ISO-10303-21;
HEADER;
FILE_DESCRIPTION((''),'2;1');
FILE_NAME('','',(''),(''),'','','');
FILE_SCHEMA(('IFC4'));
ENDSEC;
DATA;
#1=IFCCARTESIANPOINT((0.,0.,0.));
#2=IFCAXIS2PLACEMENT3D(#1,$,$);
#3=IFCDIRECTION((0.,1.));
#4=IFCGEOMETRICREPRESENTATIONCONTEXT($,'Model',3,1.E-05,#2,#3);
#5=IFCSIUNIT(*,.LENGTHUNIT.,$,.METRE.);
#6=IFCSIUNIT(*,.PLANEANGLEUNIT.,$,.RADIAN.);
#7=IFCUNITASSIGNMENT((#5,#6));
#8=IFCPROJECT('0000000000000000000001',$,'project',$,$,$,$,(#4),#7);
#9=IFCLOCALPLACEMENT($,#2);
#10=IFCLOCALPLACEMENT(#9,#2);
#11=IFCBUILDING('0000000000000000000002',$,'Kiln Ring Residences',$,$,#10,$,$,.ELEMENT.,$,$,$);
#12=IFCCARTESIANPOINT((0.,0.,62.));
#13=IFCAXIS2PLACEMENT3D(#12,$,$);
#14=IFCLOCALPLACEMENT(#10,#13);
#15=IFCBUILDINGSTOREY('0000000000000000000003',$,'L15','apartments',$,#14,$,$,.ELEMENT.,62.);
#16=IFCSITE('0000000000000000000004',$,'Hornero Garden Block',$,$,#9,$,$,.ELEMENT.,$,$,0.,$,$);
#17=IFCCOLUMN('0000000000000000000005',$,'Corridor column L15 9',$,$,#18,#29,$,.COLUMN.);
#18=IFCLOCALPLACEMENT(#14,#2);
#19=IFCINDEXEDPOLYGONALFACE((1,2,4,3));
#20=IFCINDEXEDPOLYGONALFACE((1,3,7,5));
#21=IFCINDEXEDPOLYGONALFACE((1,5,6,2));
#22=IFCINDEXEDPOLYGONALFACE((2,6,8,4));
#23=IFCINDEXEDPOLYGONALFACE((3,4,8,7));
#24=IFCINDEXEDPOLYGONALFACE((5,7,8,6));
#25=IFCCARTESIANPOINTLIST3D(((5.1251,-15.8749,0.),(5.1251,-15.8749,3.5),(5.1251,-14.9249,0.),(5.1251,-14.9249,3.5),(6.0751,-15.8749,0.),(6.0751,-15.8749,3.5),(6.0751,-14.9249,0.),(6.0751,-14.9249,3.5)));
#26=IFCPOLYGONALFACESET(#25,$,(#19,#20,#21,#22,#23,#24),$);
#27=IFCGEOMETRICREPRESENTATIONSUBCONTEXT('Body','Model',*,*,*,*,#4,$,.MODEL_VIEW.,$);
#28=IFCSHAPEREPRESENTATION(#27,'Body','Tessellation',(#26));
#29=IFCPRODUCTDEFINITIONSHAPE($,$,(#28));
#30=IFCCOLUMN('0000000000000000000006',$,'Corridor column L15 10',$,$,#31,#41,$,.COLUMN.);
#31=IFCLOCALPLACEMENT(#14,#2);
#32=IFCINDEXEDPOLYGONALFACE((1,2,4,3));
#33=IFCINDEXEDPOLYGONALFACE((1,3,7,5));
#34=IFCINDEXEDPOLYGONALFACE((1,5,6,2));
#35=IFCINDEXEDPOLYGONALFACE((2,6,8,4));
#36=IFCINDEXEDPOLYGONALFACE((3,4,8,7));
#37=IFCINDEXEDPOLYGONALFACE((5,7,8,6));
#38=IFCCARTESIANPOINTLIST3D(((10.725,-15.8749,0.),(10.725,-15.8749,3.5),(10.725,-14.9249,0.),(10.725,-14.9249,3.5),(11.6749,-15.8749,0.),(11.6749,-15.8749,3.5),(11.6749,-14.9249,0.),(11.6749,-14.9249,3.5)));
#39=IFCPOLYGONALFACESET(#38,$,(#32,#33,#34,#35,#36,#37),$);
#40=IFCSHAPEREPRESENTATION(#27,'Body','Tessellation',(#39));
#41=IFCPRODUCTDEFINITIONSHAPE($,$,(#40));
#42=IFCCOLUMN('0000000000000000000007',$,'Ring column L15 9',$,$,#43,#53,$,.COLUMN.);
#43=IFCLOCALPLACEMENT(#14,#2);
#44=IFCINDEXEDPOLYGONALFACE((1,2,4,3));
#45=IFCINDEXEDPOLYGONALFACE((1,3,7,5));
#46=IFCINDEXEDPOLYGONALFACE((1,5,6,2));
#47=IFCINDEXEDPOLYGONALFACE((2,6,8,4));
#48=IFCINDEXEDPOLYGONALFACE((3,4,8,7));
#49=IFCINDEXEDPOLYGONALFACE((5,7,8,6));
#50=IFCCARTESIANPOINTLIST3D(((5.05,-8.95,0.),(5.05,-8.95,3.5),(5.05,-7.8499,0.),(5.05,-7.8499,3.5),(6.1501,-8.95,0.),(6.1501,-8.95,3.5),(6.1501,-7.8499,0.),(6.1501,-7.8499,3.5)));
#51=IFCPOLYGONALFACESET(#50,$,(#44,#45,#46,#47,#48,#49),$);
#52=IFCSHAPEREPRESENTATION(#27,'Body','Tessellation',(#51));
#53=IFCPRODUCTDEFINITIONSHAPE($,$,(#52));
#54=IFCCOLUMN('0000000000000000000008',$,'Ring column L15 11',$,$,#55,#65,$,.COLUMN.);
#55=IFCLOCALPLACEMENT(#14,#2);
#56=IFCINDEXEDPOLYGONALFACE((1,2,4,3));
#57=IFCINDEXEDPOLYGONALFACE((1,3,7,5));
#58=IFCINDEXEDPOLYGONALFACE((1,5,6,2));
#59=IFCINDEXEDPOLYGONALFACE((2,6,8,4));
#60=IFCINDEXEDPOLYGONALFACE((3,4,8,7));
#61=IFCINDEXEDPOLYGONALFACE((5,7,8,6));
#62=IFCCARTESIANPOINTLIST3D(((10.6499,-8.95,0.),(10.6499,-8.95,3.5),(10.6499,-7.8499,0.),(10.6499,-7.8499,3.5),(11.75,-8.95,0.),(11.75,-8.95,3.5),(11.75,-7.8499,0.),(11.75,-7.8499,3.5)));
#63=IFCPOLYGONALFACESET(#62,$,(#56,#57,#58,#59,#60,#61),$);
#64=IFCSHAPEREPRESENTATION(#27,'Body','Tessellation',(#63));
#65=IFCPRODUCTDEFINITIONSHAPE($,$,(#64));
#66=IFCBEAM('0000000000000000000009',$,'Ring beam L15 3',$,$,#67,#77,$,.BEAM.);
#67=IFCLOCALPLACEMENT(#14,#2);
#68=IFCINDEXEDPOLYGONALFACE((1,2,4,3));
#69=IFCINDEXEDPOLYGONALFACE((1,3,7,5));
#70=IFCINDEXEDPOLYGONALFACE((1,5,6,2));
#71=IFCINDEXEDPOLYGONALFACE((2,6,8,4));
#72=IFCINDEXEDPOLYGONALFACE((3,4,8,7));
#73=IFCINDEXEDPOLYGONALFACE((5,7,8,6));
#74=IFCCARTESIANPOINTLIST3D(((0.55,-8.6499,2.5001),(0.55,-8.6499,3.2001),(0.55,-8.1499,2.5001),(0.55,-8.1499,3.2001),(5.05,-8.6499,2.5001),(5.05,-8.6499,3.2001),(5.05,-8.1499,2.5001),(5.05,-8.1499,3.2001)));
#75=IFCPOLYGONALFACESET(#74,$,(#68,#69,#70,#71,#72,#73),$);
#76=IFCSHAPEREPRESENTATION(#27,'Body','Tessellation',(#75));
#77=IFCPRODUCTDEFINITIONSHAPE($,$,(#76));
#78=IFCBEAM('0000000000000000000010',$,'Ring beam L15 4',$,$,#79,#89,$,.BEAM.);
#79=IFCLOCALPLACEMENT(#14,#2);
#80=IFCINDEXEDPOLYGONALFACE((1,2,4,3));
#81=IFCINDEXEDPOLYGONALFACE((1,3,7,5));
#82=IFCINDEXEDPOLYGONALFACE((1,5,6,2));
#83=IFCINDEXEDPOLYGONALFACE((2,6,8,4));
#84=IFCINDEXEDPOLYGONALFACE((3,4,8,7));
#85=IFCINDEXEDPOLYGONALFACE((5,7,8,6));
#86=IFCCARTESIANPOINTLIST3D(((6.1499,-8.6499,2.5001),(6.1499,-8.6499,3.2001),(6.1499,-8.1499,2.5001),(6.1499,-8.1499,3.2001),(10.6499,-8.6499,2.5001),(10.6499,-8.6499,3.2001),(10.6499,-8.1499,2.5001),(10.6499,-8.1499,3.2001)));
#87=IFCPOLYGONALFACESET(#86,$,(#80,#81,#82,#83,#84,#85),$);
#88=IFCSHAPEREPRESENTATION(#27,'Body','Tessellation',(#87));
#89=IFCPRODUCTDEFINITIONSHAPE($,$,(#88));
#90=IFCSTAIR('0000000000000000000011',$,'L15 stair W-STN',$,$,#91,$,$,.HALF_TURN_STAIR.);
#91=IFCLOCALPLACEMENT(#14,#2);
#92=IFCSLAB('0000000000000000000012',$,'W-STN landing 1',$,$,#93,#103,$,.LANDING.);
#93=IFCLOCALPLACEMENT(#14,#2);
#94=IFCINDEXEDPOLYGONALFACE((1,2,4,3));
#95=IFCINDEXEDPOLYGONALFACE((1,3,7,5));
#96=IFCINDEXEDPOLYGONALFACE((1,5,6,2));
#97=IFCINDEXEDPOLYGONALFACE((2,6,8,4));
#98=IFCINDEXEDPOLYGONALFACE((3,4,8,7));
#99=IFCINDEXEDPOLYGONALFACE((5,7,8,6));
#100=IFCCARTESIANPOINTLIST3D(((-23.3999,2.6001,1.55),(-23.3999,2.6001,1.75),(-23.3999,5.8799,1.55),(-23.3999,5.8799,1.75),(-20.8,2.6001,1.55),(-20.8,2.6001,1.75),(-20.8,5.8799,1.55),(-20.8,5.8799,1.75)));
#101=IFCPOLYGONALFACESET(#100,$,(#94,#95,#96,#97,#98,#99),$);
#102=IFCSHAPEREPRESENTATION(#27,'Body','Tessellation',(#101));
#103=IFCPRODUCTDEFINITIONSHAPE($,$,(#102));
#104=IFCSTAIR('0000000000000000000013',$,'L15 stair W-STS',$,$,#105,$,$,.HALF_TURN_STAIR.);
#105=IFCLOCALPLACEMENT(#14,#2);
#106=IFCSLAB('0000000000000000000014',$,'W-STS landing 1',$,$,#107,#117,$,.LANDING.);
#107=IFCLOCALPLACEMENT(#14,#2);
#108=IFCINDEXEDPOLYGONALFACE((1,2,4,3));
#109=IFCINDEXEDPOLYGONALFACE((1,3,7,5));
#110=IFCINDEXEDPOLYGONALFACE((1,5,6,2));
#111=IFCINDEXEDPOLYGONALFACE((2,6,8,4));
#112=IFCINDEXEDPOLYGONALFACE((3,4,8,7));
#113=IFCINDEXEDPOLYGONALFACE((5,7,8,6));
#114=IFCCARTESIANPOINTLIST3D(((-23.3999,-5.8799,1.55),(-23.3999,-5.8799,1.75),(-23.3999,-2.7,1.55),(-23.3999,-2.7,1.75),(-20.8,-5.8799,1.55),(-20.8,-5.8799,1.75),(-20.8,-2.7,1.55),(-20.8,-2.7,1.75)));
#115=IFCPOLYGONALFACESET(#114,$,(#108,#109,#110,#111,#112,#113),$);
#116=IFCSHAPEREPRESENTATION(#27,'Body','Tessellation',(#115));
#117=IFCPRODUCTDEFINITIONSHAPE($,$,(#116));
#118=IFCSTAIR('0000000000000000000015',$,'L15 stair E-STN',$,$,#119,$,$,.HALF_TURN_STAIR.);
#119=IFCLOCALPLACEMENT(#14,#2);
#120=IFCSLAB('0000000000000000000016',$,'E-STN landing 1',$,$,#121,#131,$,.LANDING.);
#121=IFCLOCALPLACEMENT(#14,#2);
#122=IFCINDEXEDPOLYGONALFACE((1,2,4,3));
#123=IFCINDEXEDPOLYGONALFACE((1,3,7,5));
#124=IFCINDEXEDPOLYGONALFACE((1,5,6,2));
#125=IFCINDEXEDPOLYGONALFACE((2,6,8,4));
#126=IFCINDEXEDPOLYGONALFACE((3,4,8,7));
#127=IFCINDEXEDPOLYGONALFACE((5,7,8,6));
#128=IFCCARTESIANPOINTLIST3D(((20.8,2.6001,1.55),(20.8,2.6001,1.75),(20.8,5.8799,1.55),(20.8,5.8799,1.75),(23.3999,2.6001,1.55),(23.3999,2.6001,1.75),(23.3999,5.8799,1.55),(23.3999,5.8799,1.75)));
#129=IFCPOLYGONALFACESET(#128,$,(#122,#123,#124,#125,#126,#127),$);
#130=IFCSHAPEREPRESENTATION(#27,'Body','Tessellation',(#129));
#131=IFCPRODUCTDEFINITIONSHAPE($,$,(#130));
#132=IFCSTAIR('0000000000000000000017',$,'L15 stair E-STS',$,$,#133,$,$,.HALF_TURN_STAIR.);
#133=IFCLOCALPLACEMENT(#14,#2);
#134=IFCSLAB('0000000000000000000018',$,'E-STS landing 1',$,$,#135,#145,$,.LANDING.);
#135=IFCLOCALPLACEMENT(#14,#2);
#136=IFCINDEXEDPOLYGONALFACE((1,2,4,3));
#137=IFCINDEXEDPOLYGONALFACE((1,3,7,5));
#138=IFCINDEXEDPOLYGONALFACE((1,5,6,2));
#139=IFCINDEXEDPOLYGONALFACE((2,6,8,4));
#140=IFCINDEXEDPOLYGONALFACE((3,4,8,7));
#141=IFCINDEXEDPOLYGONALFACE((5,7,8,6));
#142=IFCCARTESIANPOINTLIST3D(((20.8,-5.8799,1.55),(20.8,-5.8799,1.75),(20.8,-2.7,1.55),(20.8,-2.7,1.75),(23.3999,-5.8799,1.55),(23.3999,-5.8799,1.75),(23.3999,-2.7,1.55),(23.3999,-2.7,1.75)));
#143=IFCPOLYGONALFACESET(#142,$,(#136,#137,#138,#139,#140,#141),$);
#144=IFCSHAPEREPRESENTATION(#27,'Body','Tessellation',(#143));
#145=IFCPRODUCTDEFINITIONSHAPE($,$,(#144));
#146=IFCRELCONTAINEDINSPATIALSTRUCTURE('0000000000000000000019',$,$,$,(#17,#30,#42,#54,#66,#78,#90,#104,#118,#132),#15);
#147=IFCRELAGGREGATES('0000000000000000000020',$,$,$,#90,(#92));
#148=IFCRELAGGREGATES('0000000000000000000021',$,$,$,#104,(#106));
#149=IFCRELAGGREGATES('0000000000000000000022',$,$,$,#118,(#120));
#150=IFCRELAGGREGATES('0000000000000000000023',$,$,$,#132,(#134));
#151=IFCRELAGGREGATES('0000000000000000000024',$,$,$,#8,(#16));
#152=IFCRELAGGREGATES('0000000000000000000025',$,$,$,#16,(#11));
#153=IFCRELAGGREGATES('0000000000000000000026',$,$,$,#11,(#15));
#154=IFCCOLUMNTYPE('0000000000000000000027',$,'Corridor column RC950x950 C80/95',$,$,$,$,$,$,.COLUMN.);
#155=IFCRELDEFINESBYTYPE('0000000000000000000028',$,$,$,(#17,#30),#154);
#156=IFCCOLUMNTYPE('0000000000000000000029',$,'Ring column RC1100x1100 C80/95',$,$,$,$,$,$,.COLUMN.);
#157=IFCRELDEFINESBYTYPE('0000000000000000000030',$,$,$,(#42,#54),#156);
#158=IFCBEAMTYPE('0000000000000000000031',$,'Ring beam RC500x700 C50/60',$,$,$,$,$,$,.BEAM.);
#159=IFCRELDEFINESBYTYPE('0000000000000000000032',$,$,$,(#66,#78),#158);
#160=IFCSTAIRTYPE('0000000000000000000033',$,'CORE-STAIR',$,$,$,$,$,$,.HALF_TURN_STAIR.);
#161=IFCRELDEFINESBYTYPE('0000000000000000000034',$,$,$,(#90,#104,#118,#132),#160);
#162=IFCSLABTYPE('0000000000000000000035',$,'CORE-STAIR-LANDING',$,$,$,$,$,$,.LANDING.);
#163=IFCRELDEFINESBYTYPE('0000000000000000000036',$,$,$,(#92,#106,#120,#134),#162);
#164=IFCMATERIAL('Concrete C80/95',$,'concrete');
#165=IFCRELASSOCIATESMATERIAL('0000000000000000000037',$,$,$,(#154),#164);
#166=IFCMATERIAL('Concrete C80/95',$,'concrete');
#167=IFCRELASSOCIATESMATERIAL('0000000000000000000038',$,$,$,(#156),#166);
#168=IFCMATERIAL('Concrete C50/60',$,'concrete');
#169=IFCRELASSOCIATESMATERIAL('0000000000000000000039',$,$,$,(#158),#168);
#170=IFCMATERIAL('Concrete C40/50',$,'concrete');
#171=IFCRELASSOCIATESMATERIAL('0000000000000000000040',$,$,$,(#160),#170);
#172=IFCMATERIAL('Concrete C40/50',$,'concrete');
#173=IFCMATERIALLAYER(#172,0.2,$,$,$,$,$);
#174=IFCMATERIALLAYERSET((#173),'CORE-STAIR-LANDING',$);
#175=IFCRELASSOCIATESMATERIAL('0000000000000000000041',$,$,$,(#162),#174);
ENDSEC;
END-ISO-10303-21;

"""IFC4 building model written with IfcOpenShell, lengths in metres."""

from ifc_helpers import new_model, si_unit, direction, frame, origin, origin_2d, place, context, subcontext, project, spatial, polyline, rectangle, outline, extrude, material, layer, layer_set, material_profile, profile_set, type_object, element, aggregate, save


model = new_model("IFC4")

# Units and contexts
model_context = context("Model", 3, precision=1e-05, world=origin(), true_north=direction((0.0, 1.0)))
body_context = subcontext(model_context, "Body", "Model", "MODEL_VIEW")
ifc_project = project(units=[si_unit("LENGTHUNIT", "METRE"), si_unit("PLANEANGLEUNIT", "RADIAN")], contexts=[model_context])

# Site, building, storey
site_placement = place(None, origin())
site = spatial("IfcSite", under=ifc_project, at=site_placement, Name="Hornero Garden Block", CompositionType="ELEMENT", RefElevation=0.0)
building_placement = place(site_placement, origin())
building = spatial("IfcBuilding", under=site, at=building_placement, Name="Kiln Ring Residences", CompositionType="ELEMENT")
storey_placement = place(building_placement, frame((0.0, 0.0, 62.0)))
storey = spatial("IfcBuildingStorey", under=building, at=storey_placement, Name="L15", Description="apartments", CompositionType="ELEMENT", Elevation=62.0)

# Columns
ifc_material_1 = material(Name="Concrete C80/95", Category="concrete")
ifc_material_profile_1 = material_profile(ifc_material_1, rectangle(XDim=0.95, YDim=0.95, at=origin_2d()), Name="RC950x950")
ifc_profile_set_1 = profile_set([ifc_material_profile_1], Name="Concrete C80/95")
column_type_1 = type_object("IfcColumnType", Name="Corridor column RC950x950 C80/95", PredefinedType="COLUMN", material=ifc_profile_set_1)
for number, where, z_axis, x_axis, name in (
    (1, (5.6001, -15.3999, 0.0), (0.0, 0.0, 1.0), (1.0, 0.0, 0.0), "Corridor column L15 9"),
    (2, (11.2, -15.3999, 0.0), (0.0, 0.0, 1.0), (1.0, 0.0, 0.0), "Corridor column L15 10"),
):
    element("IfcColumn", number, at=place(storey_placement, frame(where, z_axis=z_axis, x_axis=x_axis)), inside=storey, type_object=column_type_1, Name=name, PredefinedType="COLUMN", context=body_context, shape_type="SweptSolid", body=[
        extrude(rectangle(XDim=0.95, YDim=0.95, at=origin_2d()), origin(), (0.0, 0.0, 1.0), 3.5),
    ])
ifc_material_2 = material(Name="Concrete C80/95", Category="concrete")
ifc_material_profile_2 = material_profile(ifc_material_2, rectangle(XDim=1.1001, YDim=1.1001, at=origin_2d()), Name="RC1100x1100")
ifc_profile_set_2 = profile_set([ifc_material_profile_2], Name="Concrete C80/95")
column_type_2 = type_object("IfcColumnType", Name="Ring column RC1100x1100 C80/95", PredefinedType="COLUMN", material=ifc_profile_set_2)
for number, where, z_axis, x_axis, name in (
    (3, (5.6001, -8.3999, 0.0), (0.0, 0.0, 1.0), (1.0, 0.0, 0.0), "Ring column L15 9"),
    (4, (11.2, -8.3999, 0.0), (0.0, 0.0, 1.0), (1.0, 0.0, 0.0), "Ring column L15 11"),
):
    element("IfcColumn", number, at=place(storey_placement, frame(where, z_axis=z_axis, x_axis=x_axis)), inside=storey, type_object=column_type_2, Name=name, PredefinedType="COLUMN", context=body_context, shape_type="SweptSolid", body=[
        extrude(rectangle(XDim=1.1001, YDim=1.1001, at=origin_2d()), origin(), (0.0, 0.0, 1.0), 3.5),
    ])

# Beams
ifc_material_3 = material(Name="Concrete C50/60", Category="concrete")
ifc_material_profile_3 = material_profile(ifc_material_3, rectangle(XDim=0.5, YDim=0.7, at=origin_2d()), Name="RC500x700")
ifc_profile_set_3 = profile_set([ifc_material_profile_3], Name="Concrete C50/60")
beam_type = type_object("IfcBeamType", Name="Ring beam RC500x700 C50/60", PredefinedType="BEAM", material=ifc_profile_set_3)
for number, where, z_axis, x_axis, name in (
    (5, (0.55, -8.3999, 2.8501), (1.0, 0.0, 0.0), (0.0, 1.0, 0.0), "Ring beam L15 3"),
    (6, (6.1499, -8.3999, 2.8501), (1.0, 0.0, 0.0), (0.0, 1.0, 0.0), "Ring beam L15 4"),
):
    element("IfcBeam", number, at=place(storey_placement, frame(where, z_axis=z_axis, x_axis=x_axis)), inside=storey, type_object=beam_type, Name=name, PredefinedType="BEAM", context=body_context, shape_type="SweptSolid", body=[
        extrude(rectangle(XDim=0.5, YDim=0.7, at=origin_2d()), origin(), (0.0, 0.0, 1.0), 4.5),
    ])

# Stairs, slabs
ifc_material_4 = material(Name="Concrete C40/50", Category="concrete")
stair_type = type_object("IfcStairType", Name="CORE-STAIR", PredefinedType="HALF_TURN_STAIR", material=ifc_material_4)
placement_1 = place(storey_placement, origin())
stair_1 = element("IfcStair", 7, at=placement_1, inside=storey, type_object=stair_type, Name="L15 stair W-STN", PredefinedType="HALF_TURN_STAIR")
ifc_material_5 = material(Name="Concrete C40/50", Category="concrete")
ifc_layer_1 = layer(ifc_material_5, 0.2)
ifc_layer_set_1 = layer_set([ifc_layer_1], Name="CORE-STAIR-LANDING")
slab_type = type_object("IfcSlabType", Name="CORE-STAIR-LANDING", PredefinedType="LANDING", material=ifc_layer_set_1)
placement_2 = place(storey_placement, frame((0.0, 0.0, 1.55)))
slab_1 = element("IfcSlab", 8, at=placement_2, type_object=slab_type, Name="W-STN landing 1", PredefinedType="LANDING", context=body_context, shape_type="SweptSolid", body=[
    extrude(outline(polyline([(-23.3999, 5.8799), (-23.3999, 2.6001), (-20.8, 2.6001), (-20.8, 5.8799), (-23.3999, 5.8799)])), origin(), (0.0, 0.0, 1.0), 0.2),
])
aggregate(stair_1, [slab_1])
stair_2 = element("IfcStair", 9, at=placement_1, inside=storey, type_object=stair_type, Name="L15 stair W-STS", PredefinedType="HALF_TURN_STAIR")
slab_2 = element("IfcSlab", 10, at=placement_2, type_object=slab_type, Name="W-STS landing 1", PredefinedType="LANDING", context=body_context, shape_type="SweptSolid", body=[
    extrude(outline(polyline([(-20.8, -5.8799), (-20.8, -2.7), (-23.3999, -2.7), (-23.3999, -5.8799), (-20.8, -5.8799)])), origin(), (0.0, 0.0, 1.0), 0.2),
])
aggregate(stair_2, [slab_2])
stair_3 = element("IfcStair", 11, at=placement_1, inside=storey, type_object=stair_type, Name="L15 stair E-STN", PredefinedType="HALF_TURN_STAIR")
slab_3 = element("IfcSlab", 12, at=placement_2, type_object=slab_type, Name="E-STN landing 1", PredefinedType="LANDING", context=body_context, shape_type="SweptSolid", body=[
    extrude(outline(polyline([(20.8, 5.8799), (20.8, 2.6001), (23.3999, 2.6001), (23.3999, 5.8799), (20.8, 5.8799)])), origin(), (0.0, 0.0, 1.0), 0.2),
])
aggregate(stair_3, [slab_3])
stair_4 = element("IfcStair", 13, at=placement_1, inside=storey, type_object=stair_type, Name="L15 stair E-STS", PredefinedType="HALF_TURN_STAIR")
slab_4 = element("IfcSlab", 14, at=placement_2, type_object=slab_type, Name="E-STS landing 1", PredefinedType="LANDING", context=body_context, shape_type="SweptSolid", body=[
    extrude(outline(polyline([(23.3999, -5.8799), (23.3999, -2.7), (20.8, -2.7), (20.8, -5.8799), (23.3999, -5.8799)])), origin(), (0.0, 0.0, 1.0), 0.2),
])
aggregate(stair_4, [slab_4])

save(model, "model.ifc")
